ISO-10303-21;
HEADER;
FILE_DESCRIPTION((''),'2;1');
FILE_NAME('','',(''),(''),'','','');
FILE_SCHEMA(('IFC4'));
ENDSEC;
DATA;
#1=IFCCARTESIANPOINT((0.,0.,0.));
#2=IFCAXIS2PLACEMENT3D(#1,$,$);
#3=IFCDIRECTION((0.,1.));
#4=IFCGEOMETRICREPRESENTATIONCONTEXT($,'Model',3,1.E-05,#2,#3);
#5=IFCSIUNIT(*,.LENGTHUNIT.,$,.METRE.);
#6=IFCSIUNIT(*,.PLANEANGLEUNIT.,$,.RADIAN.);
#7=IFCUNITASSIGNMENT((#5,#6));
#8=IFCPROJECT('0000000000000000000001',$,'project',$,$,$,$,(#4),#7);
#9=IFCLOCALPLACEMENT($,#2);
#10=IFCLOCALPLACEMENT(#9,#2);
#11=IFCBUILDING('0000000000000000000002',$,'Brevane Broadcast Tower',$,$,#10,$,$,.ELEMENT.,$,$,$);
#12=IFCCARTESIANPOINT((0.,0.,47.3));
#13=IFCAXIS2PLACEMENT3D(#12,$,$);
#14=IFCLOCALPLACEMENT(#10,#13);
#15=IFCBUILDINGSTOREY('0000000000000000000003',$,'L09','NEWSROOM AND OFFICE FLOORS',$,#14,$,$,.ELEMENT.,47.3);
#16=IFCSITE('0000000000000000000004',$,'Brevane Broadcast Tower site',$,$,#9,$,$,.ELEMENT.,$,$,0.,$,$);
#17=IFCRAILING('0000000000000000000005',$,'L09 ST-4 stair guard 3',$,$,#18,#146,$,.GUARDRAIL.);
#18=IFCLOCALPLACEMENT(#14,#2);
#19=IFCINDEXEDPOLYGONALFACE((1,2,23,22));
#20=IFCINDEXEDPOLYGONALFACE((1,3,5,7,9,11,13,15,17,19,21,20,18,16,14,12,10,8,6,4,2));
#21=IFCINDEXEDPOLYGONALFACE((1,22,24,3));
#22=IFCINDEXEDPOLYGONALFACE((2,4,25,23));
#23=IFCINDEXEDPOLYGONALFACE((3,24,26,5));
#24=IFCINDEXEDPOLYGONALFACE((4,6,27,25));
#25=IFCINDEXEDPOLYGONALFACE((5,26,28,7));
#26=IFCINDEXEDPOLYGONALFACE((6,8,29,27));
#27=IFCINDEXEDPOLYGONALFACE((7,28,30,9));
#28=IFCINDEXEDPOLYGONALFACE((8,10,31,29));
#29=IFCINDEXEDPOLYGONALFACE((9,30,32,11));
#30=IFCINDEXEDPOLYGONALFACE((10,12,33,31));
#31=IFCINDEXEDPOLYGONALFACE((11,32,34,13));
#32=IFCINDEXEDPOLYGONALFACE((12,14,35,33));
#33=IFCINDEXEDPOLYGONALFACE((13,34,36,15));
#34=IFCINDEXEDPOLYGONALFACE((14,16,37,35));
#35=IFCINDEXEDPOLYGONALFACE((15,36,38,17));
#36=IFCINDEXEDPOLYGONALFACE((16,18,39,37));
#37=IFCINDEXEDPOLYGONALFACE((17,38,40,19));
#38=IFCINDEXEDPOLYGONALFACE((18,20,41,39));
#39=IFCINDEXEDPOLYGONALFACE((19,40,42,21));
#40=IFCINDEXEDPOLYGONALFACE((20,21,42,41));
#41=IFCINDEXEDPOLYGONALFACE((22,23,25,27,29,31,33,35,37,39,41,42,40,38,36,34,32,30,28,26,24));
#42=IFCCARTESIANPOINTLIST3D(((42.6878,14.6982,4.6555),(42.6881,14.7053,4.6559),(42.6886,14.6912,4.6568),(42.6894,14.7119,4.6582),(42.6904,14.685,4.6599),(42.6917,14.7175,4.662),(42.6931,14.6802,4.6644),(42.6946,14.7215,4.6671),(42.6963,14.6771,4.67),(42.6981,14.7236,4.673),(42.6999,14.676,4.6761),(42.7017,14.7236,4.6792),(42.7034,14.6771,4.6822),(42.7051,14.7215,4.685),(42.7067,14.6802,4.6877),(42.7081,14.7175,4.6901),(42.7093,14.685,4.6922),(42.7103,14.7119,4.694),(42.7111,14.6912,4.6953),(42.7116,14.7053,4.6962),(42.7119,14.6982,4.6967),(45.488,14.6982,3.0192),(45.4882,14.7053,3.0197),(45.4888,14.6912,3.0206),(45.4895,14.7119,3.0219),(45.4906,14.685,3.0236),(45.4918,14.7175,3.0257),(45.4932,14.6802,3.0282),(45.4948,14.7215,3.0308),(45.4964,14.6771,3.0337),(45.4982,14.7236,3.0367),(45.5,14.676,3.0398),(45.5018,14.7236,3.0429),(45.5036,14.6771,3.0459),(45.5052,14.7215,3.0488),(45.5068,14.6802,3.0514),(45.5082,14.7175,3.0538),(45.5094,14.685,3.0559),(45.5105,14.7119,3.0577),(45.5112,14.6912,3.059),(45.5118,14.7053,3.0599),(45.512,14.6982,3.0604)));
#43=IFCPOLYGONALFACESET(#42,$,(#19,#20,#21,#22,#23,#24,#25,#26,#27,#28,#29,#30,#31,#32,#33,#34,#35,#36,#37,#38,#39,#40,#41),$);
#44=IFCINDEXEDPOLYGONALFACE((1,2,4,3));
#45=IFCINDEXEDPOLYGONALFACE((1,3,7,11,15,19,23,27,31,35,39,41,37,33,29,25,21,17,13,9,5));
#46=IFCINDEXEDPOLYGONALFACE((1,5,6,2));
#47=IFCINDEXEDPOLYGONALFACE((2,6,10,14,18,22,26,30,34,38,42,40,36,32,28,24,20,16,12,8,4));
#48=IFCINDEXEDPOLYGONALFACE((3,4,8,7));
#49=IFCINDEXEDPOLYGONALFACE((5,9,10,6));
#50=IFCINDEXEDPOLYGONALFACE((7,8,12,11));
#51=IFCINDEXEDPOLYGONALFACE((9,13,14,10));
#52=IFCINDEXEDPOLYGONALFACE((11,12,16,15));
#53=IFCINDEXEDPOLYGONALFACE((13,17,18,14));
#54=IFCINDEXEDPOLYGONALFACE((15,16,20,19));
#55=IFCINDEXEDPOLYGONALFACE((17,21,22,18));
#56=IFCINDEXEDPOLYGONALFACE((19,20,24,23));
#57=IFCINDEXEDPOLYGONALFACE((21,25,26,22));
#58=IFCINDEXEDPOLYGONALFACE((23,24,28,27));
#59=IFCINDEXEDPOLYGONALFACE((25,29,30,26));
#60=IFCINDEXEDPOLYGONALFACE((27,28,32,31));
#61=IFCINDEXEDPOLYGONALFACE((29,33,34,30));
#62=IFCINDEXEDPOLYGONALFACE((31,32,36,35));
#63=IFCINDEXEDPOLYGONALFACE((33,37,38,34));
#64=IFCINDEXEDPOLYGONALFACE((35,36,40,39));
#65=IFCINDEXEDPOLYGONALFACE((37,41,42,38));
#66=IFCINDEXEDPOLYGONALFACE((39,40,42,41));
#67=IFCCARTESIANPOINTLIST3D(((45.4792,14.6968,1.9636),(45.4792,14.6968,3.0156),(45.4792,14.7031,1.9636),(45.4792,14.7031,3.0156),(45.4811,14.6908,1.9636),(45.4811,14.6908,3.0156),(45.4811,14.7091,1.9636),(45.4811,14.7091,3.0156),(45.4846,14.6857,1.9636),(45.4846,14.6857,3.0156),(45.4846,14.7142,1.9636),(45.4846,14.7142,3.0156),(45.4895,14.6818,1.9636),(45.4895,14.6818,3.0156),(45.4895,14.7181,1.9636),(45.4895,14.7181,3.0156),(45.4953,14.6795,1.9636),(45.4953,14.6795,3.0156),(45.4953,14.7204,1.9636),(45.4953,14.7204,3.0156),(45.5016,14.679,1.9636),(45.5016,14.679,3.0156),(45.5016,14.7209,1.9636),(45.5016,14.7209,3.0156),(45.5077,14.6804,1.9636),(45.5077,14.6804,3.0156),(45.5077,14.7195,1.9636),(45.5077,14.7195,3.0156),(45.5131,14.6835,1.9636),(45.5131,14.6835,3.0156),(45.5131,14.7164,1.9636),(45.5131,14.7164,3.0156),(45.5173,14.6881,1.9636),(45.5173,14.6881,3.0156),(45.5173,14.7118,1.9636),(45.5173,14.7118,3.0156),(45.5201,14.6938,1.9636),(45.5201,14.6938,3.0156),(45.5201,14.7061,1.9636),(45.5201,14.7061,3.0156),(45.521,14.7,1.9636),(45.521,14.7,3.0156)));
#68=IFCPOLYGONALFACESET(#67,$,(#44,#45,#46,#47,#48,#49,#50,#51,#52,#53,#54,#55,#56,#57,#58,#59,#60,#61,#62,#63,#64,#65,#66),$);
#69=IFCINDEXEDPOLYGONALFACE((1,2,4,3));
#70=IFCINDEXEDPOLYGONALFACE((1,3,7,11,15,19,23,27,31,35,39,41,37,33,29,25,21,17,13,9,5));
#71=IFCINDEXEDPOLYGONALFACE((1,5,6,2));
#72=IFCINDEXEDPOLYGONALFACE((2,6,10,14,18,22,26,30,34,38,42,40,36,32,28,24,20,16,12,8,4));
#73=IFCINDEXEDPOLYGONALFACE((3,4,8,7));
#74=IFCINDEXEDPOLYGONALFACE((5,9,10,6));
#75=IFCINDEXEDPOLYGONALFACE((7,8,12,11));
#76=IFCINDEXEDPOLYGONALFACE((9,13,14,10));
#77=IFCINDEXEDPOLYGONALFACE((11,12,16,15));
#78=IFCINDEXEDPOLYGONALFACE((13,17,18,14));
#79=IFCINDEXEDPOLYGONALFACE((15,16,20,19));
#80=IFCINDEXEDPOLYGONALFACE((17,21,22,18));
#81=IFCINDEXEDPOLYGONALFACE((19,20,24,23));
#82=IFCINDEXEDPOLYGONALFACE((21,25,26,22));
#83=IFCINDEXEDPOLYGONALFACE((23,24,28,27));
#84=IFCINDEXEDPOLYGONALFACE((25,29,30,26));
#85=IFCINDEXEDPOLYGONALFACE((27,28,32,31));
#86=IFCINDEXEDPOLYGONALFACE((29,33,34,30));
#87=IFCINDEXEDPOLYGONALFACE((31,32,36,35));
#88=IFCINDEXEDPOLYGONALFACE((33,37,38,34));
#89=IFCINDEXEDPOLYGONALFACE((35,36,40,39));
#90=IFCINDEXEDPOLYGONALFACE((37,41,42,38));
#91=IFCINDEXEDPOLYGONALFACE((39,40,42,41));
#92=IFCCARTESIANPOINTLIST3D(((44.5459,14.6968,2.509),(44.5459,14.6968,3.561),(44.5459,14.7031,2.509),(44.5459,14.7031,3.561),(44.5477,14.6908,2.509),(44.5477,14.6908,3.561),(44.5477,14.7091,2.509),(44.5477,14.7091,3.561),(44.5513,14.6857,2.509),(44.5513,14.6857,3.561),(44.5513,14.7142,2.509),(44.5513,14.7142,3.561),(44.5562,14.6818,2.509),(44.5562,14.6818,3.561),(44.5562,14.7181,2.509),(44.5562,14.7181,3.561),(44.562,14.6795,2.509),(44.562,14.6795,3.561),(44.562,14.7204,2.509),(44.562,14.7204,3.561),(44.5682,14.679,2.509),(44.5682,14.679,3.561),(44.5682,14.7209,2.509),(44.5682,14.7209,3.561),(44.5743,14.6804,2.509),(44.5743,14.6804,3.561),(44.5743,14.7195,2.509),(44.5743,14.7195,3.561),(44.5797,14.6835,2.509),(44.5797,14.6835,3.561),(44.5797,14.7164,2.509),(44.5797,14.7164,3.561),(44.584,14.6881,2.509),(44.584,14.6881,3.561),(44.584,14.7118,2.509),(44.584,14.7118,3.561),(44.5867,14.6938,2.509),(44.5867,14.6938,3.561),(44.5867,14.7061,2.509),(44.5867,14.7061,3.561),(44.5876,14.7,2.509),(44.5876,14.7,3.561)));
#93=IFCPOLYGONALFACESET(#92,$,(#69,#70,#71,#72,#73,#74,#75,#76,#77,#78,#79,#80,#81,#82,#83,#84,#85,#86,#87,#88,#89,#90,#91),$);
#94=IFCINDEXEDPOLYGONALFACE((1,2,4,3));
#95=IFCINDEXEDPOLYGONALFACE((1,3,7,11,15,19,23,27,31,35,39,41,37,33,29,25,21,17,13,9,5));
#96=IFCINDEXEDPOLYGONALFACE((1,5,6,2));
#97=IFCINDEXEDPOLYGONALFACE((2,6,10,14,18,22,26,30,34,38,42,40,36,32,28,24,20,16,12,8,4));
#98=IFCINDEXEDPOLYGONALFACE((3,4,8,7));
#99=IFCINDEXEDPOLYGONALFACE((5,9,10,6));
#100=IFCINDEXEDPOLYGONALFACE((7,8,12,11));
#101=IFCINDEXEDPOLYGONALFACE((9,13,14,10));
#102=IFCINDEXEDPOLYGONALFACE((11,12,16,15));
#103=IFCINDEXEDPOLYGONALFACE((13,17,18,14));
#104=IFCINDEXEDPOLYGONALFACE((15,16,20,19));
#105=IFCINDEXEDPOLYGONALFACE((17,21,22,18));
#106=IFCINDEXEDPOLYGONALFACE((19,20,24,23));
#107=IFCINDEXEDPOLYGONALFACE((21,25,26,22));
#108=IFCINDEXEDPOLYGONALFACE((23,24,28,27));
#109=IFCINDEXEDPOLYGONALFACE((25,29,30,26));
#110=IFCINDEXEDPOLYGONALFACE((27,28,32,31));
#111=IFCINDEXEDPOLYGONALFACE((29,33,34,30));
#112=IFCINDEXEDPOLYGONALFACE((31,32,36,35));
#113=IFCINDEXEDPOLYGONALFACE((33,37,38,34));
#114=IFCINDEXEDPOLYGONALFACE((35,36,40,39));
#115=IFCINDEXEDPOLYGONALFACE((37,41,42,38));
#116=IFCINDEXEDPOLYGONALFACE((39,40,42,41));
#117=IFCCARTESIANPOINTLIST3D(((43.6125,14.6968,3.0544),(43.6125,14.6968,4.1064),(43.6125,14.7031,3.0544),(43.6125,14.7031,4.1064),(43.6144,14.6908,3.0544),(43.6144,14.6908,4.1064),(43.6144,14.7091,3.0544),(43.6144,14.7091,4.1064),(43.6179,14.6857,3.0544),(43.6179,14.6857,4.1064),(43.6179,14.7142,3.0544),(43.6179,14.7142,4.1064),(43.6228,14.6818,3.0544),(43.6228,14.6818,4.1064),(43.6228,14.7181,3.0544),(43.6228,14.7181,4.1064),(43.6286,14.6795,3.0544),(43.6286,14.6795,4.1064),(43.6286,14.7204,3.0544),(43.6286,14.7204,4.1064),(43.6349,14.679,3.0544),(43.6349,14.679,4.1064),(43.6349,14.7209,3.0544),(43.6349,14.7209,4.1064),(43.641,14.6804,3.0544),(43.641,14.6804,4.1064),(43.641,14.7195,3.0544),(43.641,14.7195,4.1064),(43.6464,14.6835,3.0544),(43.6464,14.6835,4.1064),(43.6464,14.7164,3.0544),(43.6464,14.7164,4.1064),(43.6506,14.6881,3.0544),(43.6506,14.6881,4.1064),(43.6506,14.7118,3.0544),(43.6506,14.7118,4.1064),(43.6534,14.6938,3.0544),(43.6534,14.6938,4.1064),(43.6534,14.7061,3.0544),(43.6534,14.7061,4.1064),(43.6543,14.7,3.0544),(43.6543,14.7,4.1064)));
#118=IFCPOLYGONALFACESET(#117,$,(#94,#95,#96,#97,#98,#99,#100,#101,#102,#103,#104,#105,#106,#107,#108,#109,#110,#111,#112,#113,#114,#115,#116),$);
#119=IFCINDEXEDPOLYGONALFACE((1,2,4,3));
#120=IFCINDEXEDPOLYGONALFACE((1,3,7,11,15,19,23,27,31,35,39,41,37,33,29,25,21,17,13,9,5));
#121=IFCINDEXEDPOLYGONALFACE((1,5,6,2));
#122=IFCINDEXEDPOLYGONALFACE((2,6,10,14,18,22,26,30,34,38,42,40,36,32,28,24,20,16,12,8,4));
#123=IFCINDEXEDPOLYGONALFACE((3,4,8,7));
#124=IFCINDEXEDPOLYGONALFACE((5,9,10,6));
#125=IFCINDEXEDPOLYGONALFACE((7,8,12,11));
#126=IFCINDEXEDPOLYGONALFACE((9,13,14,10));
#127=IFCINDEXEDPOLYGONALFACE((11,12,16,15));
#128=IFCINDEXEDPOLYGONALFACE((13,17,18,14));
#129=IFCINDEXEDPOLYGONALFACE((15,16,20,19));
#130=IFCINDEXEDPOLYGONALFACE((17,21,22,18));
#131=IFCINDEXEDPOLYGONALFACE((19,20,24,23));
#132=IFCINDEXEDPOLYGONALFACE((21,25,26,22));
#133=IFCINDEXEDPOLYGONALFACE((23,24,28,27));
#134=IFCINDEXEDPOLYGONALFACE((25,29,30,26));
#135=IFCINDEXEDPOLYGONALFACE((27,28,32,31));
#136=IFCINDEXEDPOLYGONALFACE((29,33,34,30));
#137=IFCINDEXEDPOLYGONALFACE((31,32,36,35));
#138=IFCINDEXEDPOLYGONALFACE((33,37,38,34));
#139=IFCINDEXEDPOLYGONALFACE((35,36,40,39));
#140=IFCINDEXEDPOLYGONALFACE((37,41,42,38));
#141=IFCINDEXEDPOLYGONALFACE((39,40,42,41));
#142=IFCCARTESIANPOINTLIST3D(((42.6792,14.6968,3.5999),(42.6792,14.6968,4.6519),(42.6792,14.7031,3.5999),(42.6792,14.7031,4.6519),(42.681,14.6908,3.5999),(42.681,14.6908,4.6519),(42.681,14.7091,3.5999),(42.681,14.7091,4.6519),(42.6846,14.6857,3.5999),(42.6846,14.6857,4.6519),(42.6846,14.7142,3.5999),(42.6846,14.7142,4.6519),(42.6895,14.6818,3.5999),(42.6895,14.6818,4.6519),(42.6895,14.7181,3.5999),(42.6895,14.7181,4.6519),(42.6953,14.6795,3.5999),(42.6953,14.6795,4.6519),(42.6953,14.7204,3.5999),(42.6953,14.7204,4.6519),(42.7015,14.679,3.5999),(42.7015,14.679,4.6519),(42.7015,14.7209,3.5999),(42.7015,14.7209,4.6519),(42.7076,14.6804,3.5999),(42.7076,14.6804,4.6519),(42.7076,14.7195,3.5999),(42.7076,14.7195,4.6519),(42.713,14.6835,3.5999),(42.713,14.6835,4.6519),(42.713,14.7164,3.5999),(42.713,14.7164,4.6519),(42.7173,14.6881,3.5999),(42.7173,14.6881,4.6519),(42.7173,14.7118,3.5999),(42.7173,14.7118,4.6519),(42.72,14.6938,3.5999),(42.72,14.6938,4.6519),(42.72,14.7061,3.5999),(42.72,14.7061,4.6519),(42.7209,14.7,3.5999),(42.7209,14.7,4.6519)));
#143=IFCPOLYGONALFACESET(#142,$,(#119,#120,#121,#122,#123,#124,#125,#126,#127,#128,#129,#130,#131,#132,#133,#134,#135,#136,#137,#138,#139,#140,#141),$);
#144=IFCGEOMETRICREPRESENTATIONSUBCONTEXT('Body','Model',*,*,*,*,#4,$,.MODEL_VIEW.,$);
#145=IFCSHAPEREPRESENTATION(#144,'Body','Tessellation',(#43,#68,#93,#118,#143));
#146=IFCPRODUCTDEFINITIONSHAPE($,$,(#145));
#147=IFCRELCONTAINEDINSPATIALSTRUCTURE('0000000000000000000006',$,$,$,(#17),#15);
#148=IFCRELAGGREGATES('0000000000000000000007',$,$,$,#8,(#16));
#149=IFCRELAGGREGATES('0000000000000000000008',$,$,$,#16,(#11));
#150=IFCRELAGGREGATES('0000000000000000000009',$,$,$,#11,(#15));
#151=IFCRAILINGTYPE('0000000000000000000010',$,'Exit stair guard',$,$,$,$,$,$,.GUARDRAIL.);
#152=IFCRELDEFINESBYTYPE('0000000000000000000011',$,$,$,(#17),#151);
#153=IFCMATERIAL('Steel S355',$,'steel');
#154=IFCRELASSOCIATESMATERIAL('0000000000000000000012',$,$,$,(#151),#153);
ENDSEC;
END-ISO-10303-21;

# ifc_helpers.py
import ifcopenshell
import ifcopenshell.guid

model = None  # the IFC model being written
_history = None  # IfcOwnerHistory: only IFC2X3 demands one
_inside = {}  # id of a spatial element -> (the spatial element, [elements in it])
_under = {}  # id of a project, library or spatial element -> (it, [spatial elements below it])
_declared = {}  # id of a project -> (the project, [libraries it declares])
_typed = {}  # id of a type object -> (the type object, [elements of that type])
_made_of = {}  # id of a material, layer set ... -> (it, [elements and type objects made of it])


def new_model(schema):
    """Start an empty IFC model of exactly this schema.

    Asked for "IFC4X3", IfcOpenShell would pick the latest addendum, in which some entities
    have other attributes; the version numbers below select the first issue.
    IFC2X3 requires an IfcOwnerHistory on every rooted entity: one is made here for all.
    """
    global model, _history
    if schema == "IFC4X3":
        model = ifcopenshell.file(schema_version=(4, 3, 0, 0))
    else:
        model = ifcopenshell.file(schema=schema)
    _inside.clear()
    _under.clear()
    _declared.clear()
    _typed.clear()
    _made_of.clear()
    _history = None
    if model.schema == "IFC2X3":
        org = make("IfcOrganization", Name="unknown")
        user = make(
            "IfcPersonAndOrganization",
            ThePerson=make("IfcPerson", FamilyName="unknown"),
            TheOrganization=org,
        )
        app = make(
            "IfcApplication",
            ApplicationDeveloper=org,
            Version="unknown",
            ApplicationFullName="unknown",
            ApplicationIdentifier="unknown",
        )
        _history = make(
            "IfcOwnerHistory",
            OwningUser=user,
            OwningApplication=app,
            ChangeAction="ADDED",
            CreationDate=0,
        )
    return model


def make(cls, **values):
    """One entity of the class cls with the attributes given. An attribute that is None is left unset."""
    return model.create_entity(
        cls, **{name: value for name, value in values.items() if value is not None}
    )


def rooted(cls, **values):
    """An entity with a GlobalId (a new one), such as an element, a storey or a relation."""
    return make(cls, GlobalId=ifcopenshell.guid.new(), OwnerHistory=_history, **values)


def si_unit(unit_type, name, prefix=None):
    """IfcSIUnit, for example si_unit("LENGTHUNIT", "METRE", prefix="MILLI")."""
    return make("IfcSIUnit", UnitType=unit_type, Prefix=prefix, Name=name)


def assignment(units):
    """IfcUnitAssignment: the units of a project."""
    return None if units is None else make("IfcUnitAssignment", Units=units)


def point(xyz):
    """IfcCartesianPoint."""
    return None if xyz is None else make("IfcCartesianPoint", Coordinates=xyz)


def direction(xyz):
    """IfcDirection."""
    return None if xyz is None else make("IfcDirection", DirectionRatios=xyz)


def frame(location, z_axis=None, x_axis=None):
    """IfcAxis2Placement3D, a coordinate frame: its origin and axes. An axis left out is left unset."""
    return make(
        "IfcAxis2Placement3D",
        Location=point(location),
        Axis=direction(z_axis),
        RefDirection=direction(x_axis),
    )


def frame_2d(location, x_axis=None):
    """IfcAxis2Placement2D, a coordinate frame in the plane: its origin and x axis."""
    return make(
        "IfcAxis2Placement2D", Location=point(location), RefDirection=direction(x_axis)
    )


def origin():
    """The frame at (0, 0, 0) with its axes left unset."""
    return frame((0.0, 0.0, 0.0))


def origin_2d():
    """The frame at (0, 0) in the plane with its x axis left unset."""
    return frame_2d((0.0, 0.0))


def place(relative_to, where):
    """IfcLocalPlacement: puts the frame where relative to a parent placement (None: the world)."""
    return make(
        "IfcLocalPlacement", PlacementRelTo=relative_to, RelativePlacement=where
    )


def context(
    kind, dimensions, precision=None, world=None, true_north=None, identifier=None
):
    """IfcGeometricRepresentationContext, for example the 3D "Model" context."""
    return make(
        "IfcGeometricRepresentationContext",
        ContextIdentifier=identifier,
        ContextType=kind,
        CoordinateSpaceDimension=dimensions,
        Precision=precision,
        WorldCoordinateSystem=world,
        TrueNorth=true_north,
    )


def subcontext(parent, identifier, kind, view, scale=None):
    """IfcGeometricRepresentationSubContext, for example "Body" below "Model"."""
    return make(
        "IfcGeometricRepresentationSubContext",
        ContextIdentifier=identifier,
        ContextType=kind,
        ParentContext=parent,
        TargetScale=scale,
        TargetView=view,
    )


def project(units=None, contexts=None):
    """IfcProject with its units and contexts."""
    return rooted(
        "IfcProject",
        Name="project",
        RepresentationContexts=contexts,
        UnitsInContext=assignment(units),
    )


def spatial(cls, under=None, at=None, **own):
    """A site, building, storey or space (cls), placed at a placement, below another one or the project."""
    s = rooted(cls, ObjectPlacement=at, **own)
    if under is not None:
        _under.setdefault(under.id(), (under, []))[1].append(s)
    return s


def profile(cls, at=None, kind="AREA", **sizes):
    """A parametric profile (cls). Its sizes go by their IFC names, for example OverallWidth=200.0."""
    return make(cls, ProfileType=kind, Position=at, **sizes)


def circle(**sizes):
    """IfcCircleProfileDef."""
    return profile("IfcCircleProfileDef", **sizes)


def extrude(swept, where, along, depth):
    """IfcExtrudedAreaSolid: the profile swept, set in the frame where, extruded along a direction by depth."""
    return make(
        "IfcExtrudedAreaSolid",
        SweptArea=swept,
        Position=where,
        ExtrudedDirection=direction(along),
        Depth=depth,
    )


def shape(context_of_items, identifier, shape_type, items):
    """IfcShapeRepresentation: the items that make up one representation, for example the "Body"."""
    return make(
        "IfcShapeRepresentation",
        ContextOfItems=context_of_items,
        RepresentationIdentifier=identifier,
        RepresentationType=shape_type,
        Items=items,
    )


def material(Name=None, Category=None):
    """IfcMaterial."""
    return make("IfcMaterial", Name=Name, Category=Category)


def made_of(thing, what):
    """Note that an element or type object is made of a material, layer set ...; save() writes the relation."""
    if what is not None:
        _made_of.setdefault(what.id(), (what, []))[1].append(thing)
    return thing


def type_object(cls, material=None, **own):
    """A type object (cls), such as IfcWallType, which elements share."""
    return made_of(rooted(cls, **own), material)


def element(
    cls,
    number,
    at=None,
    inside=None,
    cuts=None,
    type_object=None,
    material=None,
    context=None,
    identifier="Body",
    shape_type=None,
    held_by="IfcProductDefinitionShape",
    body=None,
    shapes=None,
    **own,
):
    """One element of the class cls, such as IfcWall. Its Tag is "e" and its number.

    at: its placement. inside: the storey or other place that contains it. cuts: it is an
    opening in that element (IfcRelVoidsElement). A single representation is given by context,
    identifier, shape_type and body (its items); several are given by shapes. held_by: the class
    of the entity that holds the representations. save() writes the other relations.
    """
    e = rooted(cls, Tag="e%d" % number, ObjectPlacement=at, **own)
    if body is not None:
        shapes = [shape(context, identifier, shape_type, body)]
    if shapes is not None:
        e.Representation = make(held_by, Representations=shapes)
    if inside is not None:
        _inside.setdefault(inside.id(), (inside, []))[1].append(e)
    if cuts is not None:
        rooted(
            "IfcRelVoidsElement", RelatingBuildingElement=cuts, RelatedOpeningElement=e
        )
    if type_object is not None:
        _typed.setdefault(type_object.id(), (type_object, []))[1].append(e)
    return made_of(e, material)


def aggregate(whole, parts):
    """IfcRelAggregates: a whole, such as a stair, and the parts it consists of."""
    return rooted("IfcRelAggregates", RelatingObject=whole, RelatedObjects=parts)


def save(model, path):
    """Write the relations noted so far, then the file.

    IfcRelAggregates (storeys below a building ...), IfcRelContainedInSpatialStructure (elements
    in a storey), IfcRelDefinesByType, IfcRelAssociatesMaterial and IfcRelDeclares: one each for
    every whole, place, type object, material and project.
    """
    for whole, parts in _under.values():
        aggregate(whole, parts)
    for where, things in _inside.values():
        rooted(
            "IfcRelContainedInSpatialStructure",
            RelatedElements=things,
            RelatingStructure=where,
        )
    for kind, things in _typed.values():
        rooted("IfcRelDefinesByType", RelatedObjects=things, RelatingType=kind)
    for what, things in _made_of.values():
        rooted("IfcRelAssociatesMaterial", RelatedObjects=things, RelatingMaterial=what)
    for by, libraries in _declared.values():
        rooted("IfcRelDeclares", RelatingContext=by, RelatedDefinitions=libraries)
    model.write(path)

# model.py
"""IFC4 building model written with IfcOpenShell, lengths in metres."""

from ifc_helpers import new_model, si_unit, direction, frame, origin, origin_2d, place, context, subcontext, project, spatial, circle, extrude, material, type_object, element, save


model = new_model("IFC4")

# Units and contexts
model_context = context("Model", 3, precision=1e-05, world=origin(), true_north=direction((0.0, 1.0)))
body_context = subcontext(model_context, "Body", "Model", "MODEL_VIEW")
ifc_project = project(units=[si_unit("LENGTHUNIT", "METRE"), si_unit("PLANEANGLEUNIT", "RADIAN")], contexts=[model_context])

# Site, building, storey
site_placement = place(None, origin())
site = spatial("IfcSite", under=ifc_project, at=site_placement, Name="Brevane Broadcast Tower site", CompositionType="ELEMENT", RefElevation=0.0)
building_placement = place(site_placement, origin())
building = spatial("IfcBuilding", under=site, at=building_placement, Name="Brevane Broadcast Tower", CompositionType="ELEMENT")
storey_placement = place(building_placement, frame((0.0, 0.0, 47.3)))
storey = spatial("IfcBuildingStorey", under=building, at=storey_placement, Name="L09", Description="NEWSROOM AND OFFICE FLOORS", CompositionType="ELEMENT", Elevation=47.3)

# Railing
ifc_material_1 = material(Name="Steel S355", Category="steel")
railing_type_1 = type_object("IfcRailingType", Name="Exit stair guard", PredefinedType="GUARDRAIL", material=ifc_material_1)
railing_1_placement = place(storey_placement, frame((45.5, 14.7, 1.9636)))
element("IfcRailing", 1, at=railing_1_placement, inside=storey, type_object=railing_type_1, Name="L09 ST-4 stair guard 3", PredefinedType="GUARDRAIL", context=body_context, shape_type="SweptSolid", body=[
    extrude(circle(Radius=0.0239, at=origin_2d()), frame((0.0, 0.0, 1.0762), z_axis=(-0.863394, 0.0, 0.504531), x_axis=(0.0, -1.0, 0.0)), (0.0, 0.0, 1.0), 3.2432),
    extrude(circle(Radius=0.021, at=origin_2d()), origin(), (0.0, 0.0, 1.0), 1.052),
    extrude(circle(Radius=0.021, at=origin_2d()), frame((-0.9333, 0.0, 0.5454)), (0.0, 0.0, 1.0), 1.052),
    extrude(circle(Radius=0.021, at=origin_2d()), frame((-1.8667, 0.0, 1.0908)), (0.0, 0.0, 1.0), 1.052),
    extrude(circle(Radius=0.021, at=origin_2d()), frame((-2.8, 0.0, 1.6362)), (0.0, 0.0, 1.0), 1.052),
])

save(model, "model.ifc")
